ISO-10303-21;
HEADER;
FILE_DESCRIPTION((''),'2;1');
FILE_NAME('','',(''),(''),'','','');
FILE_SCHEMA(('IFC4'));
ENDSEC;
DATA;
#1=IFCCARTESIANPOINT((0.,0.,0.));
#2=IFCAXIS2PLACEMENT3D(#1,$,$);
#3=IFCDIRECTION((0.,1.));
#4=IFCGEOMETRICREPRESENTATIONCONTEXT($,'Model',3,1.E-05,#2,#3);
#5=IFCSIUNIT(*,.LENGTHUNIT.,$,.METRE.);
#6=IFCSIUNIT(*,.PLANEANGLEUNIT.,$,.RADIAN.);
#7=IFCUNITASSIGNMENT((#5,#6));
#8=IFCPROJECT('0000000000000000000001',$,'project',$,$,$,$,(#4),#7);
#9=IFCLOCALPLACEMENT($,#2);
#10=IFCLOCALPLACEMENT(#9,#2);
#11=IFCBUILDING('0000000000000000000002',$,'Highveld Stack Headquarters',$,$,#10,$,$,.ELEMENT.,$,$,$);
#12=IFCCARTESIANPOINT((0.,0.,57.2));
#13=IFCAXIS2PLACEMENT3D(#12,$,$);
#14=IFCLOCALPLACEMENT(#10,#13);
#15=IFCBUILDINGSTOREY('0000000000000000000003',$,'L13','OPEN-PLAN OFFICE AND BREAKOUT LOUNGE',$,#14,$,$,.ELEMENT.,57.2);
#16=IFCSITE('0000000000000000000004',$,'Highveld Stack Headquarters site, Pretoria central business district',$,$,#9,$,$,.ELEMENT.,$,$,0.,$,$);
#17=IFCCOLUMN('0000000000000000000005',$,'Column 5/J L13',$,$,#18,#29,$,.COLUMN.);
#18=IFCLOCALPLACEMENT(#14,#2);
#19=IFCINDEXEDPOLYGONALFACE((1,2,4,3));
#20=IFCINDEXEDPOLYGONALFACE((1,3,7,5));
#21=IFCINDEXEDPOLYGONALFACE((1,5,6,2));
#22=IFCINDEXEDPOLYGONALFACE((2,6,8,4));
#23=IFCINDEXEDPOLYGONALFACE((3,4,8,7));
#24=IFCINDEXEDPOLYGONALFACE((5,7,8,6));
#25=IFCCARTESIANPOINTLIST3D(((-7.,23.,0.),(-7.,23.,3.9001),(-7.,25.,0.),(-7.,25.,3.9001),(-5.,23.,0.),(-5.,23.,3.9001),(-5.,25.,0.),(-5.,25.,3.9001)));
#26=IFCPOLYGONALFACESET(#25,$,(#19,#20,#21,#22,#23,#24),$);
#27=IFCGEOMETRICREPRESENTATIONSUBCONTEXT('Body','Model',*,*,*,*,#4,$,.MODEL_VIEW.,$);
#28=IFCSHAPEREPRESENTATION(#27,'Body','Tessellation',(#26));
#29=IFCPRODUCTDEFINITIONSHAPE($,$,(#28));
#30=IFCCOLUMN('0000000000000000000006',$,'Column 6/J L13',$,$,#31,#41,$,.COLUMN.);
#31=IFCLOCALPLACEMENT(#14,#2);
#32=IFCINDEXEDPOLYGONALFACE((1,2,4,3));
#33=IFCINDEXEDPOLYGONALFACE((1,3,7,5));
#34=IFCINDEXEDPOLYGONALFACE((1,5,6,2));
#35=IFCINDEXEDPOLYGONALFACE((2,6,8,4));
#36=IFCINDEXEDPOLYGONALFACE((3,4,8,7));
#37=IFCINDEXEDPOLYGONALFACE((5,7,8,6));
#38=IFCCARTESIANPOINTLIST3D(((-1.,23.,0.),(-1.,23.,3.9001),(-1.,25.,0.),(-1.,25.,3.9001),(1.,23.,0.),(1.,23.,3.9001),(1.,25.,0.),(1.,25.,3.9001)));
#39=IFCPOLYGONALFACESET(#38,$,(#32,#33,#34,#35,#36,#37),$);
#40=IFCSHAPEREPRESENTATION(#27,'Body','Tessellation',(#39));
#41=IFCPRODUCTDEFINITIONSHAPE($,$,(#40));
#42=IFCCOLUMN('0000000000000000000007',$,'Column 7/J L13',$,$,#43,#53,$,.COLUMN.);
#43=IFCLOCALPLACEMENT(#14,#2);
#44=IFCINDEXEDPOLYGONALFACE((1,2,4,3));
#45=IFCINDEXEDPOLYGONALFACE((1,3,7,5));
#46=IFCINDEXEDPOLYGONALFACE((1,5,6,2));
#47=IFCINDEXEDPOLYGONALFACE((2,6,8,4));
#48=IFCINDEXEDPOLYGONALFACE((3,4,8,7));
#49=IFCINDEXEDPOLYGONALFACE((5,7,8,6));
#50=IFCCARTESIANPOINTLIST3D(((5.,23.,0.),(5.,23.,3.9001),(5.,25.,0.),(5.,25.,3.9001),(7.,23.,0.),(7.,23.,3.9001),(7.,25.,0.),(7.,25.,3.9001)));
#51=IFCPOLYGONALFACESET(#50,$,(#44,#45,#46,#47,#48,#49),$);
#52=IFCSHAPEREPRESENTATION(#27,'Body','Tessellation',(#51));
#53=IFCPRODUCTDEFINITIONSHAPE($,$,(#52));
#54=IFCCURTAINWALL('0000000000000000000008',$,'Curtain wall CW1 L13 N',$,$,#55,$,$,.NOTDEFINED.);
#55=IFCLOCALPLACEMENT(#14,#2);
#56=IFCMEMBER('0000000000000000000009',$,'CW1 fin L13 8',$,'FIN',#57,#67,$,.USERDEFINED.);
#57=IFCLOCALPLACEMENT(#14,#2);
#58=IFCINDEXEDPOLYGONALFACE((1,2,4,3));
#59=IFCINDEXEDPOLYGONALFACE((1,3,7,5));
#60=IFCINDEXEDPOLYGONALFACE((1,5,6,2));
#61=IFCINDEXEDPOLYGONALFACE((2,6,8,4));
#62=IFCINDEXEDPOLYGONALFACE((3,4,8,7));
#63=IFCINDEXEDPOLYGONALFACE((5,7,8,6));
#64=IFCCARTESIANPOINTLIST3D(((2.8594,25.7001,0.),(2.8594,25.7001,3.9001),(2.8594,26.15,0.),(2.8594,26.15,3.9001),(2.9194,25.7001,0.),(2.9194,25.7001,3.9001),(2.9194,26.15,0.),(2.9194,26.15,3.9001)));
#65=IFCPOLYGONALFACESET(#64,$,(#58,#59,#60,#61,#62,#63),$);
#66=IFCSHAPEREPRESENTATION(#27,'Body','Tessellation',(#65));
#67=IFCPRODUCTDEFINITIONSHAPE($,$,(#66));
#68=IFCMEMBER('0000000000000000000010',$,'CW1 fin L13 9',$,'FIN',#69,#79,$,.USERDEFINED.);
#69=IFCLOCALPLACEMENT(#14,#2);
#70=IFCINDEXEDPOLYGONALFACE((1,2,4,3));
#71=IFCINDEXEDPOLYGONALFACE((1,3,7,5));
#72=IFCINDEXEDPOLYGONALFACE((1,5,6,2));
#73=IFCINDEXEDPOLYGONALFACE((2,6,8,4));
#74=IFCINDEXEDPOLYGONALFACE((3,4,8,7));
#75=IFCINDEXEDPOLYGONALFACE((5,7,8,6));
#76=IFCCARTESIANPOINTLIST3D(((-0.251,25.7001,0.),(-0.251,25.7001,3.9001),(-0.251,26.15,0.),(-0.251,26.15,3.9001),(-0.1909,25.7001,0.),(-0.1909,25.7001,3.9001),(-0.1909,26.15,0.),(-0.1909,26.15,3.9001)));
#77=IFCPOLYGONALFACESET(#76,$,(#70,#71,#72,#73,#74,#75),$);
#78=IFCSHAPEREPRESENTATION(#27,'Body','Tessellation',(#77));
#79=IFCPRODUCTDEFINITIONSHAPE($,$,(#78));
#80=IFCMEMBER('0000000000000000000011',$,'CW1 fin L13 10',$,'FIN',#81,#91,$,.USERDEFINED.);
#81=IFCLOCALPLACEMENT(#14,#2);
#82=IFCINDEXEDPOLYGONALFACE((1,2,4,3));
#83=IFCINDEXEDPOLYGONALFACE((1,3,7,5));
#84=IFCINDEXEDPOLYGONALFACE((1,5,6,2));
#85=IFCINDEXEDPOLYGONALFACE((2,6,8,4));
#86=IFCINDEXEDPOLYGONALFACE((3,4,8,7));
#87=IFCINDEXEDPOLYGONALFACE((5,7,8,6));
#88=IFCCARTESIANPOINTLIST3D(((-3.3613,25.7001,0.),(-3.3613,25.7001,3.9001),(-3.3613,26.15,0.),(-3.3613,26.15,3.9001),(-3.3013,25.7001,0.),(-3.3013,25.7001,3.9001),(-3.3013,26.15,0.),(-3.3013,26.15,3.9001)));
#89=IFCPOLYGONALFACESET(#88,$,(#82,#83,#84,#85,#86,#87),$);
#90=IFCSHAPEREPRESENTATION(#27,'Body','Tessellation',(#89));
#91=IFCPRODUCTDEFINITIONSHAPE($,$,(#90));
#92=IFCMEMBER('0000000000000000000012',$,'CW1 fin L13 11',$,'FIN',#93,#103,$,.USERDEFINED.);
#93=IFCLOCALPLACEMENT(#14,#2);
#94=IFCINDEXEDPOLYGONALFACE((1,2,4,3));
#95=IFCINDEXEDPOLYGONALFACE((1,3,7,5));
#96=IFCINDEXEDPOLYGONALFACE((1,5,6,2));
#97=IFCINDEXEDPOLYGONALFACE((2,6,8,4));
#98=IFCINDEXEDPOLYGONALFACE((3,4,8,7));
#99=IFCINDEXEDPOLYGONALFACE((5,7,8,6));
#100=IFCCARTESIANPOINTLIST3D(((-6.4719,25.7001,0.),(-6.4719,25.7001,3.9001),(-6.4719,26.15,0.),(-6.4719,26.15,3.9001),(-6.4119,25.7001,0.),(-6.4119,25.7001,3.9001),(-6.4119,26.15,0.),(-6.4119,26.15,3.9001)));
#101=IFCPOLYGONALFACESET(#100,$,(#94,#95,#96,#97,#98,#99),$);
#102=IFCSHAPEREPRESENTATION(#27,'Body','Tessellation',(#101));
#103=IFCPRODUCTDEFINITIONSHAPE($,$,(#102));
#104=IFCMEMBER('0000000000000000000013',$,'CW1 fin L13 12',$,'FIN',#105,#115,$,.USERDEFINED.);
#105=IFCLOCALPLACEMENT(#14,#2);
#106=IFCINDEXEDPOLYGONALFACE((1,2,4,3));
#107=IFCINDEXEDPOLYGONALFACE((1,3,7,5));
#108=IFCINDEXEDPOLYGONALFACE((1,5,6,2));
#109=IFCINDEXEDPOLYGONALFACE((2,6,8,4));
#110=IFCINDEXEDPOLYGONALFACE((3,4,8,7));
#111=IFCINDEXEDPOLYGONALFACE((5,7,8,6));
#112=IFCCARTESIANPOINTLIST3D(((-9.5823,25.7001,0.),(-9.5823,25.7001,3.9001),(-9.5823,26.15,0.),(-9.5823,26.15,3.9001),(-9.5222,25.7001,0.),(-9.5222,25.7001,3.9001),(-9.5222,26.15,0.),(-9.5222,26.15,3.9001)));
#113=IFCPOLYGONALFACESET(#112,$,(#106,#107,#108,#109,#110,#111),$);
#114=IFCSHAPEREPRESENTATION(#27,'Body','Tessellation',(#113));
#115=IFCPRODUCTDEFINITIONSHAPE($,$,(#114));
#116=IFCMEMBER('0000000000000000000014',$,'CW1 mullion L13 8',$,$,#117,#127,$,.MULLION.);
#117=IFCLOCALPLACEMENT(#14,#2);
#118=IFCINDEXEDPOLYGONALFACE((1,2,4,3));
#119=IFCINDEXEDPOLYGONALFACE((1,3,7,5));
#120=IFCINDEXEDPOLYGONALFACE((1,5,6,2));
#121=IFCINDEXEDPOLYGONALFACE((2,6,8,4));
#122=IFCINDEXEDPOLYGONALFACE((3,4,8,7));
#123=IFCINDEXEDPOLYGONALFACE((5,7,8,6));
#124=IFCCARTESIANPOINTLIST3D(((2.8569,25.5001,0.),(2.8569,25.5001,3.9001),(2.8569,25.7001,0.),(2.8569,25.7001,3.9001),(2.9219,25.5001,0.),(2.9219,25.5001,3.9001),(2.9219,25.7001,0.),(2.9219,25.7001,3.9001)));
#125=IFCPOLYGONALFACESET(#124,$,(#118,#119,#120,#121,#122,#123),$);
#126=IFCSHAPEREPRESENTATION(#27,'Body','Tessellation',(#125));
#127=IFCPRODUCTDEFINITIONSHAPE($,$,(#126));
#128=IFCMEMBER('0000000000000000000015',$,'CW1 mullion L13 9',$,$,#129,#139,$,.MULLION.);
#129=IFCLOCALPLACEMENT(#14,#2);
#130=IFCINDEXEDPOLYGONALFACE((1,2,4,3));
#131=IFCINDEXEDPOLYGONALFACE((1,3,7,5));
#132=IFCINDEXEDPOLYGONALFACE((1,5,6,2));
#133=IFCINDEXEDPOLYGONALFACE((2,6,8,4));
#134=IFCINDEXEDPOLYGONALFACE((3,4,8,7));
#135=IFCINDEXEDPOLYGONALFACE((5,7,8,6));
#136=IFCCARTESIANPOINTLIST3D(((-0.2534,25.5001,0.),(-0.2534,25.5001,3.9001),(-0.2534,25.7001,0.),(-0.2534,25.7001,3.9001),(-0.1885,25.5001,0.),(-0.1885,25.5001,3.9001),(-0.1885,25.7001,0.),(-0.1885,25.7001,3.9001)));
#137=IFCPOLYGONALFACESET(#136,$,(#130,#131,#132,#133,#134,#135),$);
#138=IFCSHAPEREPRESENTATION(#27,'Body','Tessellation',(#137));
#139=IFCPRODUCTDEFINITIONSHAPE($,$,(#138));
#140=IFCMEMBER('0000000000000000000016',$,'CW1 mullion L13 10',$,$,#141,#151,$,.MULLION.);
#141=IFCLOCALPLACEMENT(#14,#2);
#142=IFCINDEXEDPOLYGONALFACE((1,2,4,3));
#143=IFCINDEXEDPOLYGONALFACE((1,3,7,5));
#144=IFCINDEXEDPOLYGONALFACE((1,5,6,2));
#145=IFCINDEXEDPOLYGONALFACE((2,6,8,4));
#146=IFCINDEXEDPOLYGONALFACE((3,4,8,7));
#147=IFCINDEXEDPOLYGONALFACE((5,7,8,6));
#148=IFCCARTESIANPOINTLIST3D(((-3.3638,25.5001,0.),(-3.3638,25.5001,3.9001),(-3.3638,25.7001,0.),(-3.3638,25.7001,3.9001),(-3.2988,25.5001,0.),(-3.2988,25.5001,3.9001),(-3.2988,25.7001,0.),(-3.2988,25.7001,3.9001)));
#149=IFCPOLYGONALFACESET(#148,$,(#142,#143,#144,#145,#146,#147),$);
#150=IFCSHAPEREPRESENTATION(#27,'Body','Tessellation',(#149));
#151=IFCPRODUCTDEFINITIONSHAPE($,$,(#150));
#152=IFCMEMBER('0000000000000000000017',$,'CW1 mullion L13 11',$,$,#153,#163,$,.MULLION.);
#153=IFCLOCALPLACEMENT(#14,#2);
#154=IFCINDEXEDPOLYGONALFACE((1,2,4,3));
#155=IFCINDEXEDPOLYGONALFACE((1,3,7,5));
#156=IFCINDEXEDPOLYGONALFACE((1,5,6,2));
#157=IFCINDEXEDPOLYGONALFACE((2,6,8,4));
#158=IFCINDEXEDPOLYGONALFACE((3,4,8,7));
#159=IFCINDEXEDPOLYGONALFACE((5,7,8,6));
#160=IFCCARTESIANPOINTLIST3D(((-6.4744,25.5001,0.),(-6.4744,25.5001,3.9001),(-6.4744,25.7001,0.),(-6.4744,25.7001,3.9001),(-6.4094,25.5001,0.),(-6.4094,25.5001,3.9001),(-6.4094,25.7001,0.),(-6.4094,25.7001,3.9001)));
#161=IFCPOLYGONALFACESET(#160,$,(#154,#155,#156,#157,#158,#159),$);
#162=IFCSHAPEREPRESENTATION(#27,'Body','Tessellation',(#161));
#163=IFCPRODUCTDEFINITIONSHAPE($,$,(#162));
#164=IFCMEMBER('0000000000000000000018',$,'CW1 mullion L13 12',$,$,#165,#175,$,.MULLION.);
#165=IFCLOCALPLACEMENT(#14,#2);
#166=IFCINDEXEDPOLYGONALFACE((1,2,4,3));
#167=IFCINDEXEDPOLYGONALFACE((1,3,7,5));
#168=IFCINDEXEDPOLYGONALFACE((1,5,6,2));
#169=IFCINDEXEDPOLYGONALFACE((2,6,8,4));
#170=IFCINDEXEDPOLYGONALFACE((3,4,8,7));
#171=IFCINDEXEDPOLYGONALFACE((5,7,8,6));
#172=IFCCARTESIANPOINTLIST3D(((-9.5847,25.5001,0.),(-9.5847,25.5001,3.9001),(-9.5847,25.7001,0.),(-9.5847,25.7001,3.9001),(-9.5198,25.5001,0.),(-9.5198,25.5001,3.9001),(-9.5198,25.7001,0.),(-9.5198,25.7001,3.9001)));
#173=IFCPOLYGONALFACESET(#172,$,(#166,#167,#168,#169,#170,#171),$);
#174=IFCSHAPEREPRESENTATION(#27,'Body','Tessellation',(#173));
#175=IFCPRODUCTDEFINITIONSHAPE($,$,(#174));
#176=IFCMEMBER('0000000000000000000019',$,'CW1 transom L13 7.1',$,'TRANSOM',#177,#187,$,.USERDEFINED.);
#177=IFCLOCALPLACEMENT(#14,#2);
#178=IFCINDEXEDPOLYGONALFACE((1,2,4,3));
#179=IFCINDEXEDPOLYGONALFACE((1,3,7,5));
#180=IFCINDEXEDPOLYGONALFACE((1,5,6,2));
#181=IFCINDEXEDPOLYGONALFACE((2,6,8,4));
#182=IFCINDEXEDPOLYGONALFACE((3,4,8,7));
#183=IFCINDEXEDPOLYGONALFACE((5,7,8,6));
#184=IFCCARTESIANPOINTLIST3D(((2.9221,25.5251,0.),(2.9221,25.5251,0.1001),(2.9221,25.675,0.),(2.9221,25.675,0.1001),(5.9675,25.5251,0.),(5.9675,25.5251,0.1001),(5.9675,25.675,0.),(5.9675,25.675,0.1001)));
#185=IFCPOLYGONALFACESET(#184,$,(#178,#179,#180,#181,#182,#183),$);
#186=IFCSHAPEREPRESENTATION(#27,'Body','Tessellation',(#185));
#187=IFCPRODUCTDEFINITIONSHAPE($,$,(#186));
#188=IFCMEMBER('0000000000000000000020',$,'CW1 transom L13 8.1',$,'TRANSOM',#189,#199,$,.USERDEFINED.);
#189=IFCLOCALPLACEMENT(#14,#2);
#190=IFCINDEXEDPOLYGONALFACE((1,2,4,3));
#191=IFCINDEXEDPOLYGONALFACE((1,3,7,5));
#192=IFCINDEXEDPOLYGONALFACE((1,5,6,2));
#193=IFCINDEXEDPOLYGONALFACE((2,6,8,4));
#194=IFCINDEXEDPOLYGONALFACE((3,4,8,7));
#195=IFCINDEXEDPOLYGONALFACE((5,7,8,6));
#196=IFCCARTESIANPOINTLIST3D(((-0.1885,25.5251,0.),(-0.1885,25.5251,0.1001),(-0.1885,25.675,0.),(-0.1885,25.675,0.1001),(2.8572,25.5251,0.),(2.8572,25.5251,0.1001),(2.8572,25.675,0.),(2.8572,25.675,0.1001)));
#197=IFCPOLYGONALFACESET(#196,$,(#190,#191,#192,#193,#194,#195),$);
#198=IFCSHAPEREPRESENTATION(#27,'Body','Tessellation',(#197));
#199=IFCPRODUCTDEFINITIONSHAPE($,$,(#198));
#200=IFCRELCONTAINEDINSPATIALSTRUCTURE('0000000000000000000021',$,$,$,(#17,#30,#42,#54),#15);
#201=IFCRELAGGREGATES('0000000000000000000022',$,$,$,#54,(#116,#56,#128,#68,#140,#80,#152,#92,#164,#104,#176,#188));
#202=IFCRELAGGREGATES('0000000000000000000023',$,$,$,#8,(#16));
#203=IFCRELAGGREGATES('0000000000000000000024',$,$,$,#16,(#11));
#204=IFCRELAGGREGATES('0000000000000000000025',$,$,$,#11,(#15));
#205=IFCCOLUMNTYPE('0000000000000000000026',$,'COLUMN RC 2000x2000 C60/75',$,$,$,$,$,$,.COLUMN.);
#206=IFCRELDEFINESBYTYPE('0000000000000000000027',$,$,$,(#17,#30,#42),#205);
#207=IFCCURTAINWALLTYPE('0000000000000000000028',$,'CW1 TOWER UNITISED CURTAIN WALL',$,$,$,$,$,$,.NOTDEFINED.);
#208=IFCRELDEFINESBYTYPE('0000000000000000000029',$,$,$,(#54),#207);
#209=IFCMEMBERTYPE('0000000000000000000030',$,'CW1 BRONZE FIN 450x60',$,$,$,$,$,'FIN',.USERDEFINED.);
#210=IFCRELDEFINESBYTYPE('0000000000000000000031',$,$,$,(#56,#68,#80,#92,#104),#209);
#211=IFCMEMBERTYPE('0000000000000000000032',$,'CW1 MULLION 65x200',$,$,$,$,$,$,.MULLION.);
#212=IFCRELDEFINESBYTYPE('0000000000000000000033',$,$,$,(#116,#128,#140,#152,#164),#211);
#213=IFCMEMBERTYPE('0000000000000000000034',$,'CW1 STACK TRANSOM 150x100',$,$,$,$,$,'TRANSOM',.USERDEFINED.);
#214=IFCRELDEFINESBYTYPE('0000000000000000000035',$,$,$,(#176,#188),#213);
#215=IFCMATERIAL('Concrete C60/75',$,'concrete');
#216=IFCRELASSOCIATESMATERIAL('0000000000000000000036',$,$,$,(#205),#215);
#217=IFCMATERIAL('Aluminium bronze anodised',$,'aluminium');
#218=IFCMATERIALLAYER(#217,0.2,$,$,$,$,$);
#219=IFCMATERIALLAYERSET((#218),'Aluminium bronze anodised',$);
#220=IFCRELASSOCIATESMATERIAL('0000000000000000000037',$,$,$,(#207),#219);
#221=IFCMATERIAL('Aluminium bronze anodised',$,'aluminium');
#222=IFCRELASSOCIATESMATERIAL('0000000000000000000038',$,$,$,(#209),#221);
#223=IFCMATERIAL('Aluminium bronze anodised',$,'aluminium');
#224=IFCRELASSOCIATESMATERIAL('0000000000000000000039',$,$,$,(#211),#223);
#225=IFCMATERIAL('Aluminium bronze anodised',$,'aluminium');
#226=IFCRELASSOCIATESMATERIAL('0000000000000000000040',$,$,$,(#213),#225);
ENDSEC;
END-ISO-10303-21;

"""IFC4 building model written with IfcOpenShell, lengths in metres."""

from ifc_helpers import new_model, si_unit, direction, frame, origin, origin_2d, place, context, subcontext, project, spatial, rectangle, extrude, material, layer, layer_set, material_profile, profile_set, type_object, element, aggregate, save


model = new_model("IFC4")

# Units and contexts
model_context = context("Model", 3, precision=1e-05, world=origin(), true_north=direction((0.0, 1.0)))
body_context = subcontext(model_context, "Body", "Model", "MODEL_VIEW")
ifc_project = project(units=[si_unit("LENGTHUNIT", "METRE"), si_unit("PLANEANGLEUNIT", "RADIAN")], contexts=[model_context])

# Site, building, storey
site_placement = place(None, origin())
site = spatial("IfcSite", under=ifc_project, at=site_placement, Name="Highveld Stack Headquarters site, Pretoria central business district", CompositionType="ELEMENT", RefElevation=0.0)
building_placement = place(site_placement, origin())
building = spatial("IfcBuilding", under=site, at=building_placement, Name="Highveld Stack Headquarters", CompositionType="ELEMENT")
storey_placement = place(building_placement, frame((0.0, 0.0, 57.2)))
storey = spatial("IfcBuildingStorey", under=building, at=storey_placement, Name="L13", Description="OPEN-PLAN OFFICE AND BREAKOUT LOUNGE", CompositionType="ELEMENT", Elevation=57.2)

# Columns
ifc_material_1 = material(Name="Concrete C60/75", Category="concrete")
ifc_material_profile_1 = material_profile(ifc_material_1, rectangle(XDim=2.0, YDim=2.0, at=origin_2d()), Name="RC 2000x2000")
ifc_profile_set_1 = profile_set([ifc_material_profile_1], Name="Concrete C60/75")
column_type = type_object("IfcColumnType", Name="COLUMN RC 2000x2000 C60/75", PredefinedType="COLUMN", material=ifc_profile_set_1)
for number, where, z_axis, x_axis, name in (
    (1, (-6.0, 24.0, 0.0), (0.0, 0.0, 1.0), (1.0, 0.0, 0.0), "Column 5/J L13"),
    (2, (0.0, 24.0, 0.0), (0.0, 0.0, 1.0), (1.0, 0.0, 0.0), "Column 6/J L13"),
    (3, (6.0, 24.0, 0.0), (0.0, 0.0, 1.0), (1.0, 0.0, 0.0), "Column 7/J L13"),
):
    element("IfcColumn", number, at=place(storey_placement, frame(where, z_axis=z_axis, x_axis=x_axis)), inside=storey, type_object=column_type, Name=name, PredefinedType="COLUMN", context=body_context, shape_type="SweptSolid", body=[
        extrude(rectangle(XDim=2.0, YDim=2.0, at=origin_2d()), origin(), (0.0, 0.0, 1.0), 3.9001),
    ])

# Curtain wall, members
ifc_material_2 = material(Name="Aluminium bronze anodised", Category="aluminium")
ifc_layer_1 = layer(ifc_material_2, 0.2)
ifc_layer_set_1 = layer_set([ifc_layer_1], Name="Aluminium bronze anodised")
curtain_wall_type = type_object("IfcCurtainWallType", Name="CW1 TOWER UNITISED CURTAIN WALL", PredefinedType="NOTDEFINED", material=ifc_layer_set_1)
curtain_wall_placement = place(storey_placement, origin())
curtain_wall = element("IfcCurtainWall", 4, at=curtain_wall_placement, inside=storey, type_object=curtain_wall_type, Name="Curtain wall CW1 L13 N", PredefinedType="NOTDEFINED")
ifc_material_3 = material(Name="Aluminium bronze anodised", Category="aluminium")
ifc_material_profile_2 = material_profile(ifc_material_3, rectangle(XDim=0.45, YDim=0.0601, at=origin_2d()), Name="FIN 450x60")
ifc_profile_set_2 = profile_set([ifc_material_profile_2], Name="Aluminium bronze anodised")
member_type_1 = type_object("IfcMemberType", Name="CW1 BRONZE FIN 450x60", ElementType="FIN", PredefinedType="USERDEFINED", material=ifc_profile_set_2)
member_1_placement = place(storey_placement, frame((2.8894, 25.925, 0.0), z_axis=(0.0, 0.0, 1.0), x_axis=(0.0, -1.0, 0.0)))
member_1 = element("IfcMember", 5, at=member_1_placement, type_object=member_type_1, Name="CW1 fin L13 8", ObjectType="FIN", PredefinedType="USERDEFINED", context=body_context, shape_type="SweptSolid", body=[
    extrude(rectangle(XDim=0.45, YDim=0.0601, at=origin_2d()), origin(), (0.0, 0.0, 1.0), 3.9001),
])
member_2_placement = place(storey_placement, frame((-0.2209, 25.925, 0.0), z_axis=(0.0, 0.0, 1.0), x_axis=(0.0, -1.0, 0.0)))
member_2 = element("IfcMember", 6, at=member_2_placement, type_object=member_type_1, Name="CW1 fin L13 9", ObjectType="FIN", PredefinedType="USERDEFINED", context=body_context, shape_type="SweptSolid", body=[
    extrude(rectangle(XDim=0.45, YDim=0.0601, at=origin_2d()), origin(), (0.0, 0.0, 1.0), 3.9001),
])
member_3_placement = place(storey_placement, frame((-3.3313, 25.925, 0.0), z_axis=(0.0, 0.0, 1.0), x_axis=(0.0, -1.0, 0.0)))
member_3 = element("IfcMember", 7, at=member_3_placement, type_object=member_type_1, Name="CW1 fin L13 10", ObjectType="FIN", PredefinedType="USERDEFINED", context=body_context, shape_type="SweptSolid", body=[
    extrude(rectangle(XDim=0.45, YDim=0.0601, at=origin_2d()), origin(), (0.0, 0.0, 1.0), 3.9001),
])
member_4_placement = place(storey_placement, frame((-6.4419, 25.925, 0.0), z_axis=(0.0, 0.0, 1.0), x_axis=(0.0, -1.0, 0.0)))
member_4 = element("IfcMember", 8, at=member_4_placement, type_object=member_type_1, Name="CW1 fin L13 11", ObjectType="FIN", PredefinedType="USERDEFINED", context=body_context, shape_type="SweptSolid", body=[
    extrude(rectangle(XDim=0.45, YDim=0.0601, at=origin_2d()), origin(), (0.0, 0.0, 1.0), 3.9001),
])
member_5_placement = place(storey_placement, frame((-9.5522, 25.925, 0.0), z_axis=(0.0, 0.0, 1.0), x_axis=(0.0, -1.0, 0.0)))
member_5 = element("IfcMember", 9, at=member_5_placement, type_object=member_type_1, Name="CW1 fin L13 12", ObjectType="FIN", PredefinedType="USERDEFINED", context=body_context, shape_type="SweptSolid", body=[
    extrude(rectangle(XDim=0.45, YDim=0.0601, at=origin_2d()), origin(), (0.0, 0.0, 1.0), 3.9001),
])
ifc_material_4 = material(Name="Aluminium bronze anodised", Category="aluminium")
ifc_material_profile_3 = material_profile(ifc_material_4, rectangle(XDim=0.2, YDim=0.0649, at=origin_2d()), Name="CW1 MULLION 65x200")
ifc_profile_set_3 = profile_set([ifc_material_profile_3], Name="Aluminium bronze anodised")
member_type_2 = type_object("IfcMemberType", Name="CW1 MULLION 65x200", PredefinedType="MULLION", material=ifc_profile_set_3)
member_6_placement = place(storey_placement, frame((2.8894, 25.6001, 0.0), z_axis=(0.0, 0.0, 1.0), x_axis=(0.0, -1.0, 0.0)))
member_6 = element("IfcMember", 10, at=member_6_placement, type_object=member_type_2, Name="CW1 mullion L13 8", PredefinedType="MULLION", context=body_context, shape_type="SweptSolid", body=[
    extrude(rectangle(XDim=0.2, YDim=0.0649, at=origin_2d()), origin(), (0.0, 0.0, 1.0), 3.9001),
])
member_7_placement = place(storey_placement, frame((-0.2209, 25.6001, 0.0), z_axis=(0.0, 0.0, 1.0), x_axis=(0.0, -1.0, 0.0)))
member_7 = element("IfcMember", 11, at=member_7_placement, type_object=member_type_2, Name="CW1 mullion L13 9", PredefinedType="MULLION", context=body_context, shape_type="SweptSolid", body=[
    extrude(rectangle(XDim=0.2, YDim=0.0649, at=origin_2d()), origin(), (0.0, 0.0, 1.0), 3.9001),
])
member_8_placement = place(storey_placement, frame((-3.3313, 25.6001, 0.0), z_axis=(0.0, 0.0, 1.0), x_axis=(0.0, -1.0, 0.0)))
member_8 = element("IfcMember", 12, at=member_8_placement, type_object=member_type_2, Name="CW1 mullion L13 10", PredefinedType="MULLION", context=body_context, shape_type="SweptSolid", body=[
    extrude(rectangle(XDim=0.2, YDim=0.0649, at=origin_2d()), origin(), (0.0, 0.0, 1.0), 3.9001),
])
member_9_placement = place(storey_placement, frame((-6.4419, 25.6001, 0.0), z_axis=(0.0, 0.0, 1.0), x_axis=(0.0, -1.0, 0.0)))
member_9 = element("IfcMember", 13, at=member_9_placement, type_object=member_type_2, Name="CW1 mullion L13 11", PredefinedType="MULLION", context=body_context, shape_type="SweptSolid", body=[
    extrude(rectangle(XDim=0.2, YDim=0.0649, at=origin_2d()), origin(), (0.0, 0.0, 1.0), 3.9001),
])
member_10_placement = place(storey_placement, frame((-9.5522, 25.6001, 0.0), z_axis=(0.0, 0.0, 1.0), x_axis=(0.0, -1.0, 0.0)))
member_10 = element("IfcMember", 14, at=member_10_placement, type_object=member_type_2, Name="CW1 mullion L13 12", PredefinedType="MULLION", context=body_context, shape_type="SweptSolid", body=[
    extrude(rectangle(XDim=0.2, YDim=0.0649, at=origin_2d()), origin(), (0.0, 0.0, 1.0), 3.9001),
])
ifc_material_5 = material(Name="Aluminium bronze anodised", Category="aluminium")
ifc_material_profile_4 = material_profile(ifc_material_5, rectangle(XDim=0.1499, YDim=0.1001, at=origin_2d()), Name="CW1 TRANSOM 150x100")
ifc_profile_set_4 = profile_set([ifc_material_profile_4], Name="Aluminium bronze anodised")
member_type_3 = type_object("IfcMemberType", Name="CW1 STACK TRANSOM 150x100", ElementType="TRANSOM", PredefinedType="USERDEFINED", material=ifc_profile_set_4)
member_11_placement = place(storey_placement, frame((5.9675, 25.6001, 0.05), z_axis=(-1.0, 0.0, 0.0), x_axis=(0.0, -1.0, 0.0)))
member_11 = element("IfcMember", 15, at=member_11_placement, type_object=member_type_3, Name="CW1 transom L13 7.1", ObjectType="TRANSOM", PredefinedType="USERDEFINED", context=body_context, shape_type="SweptSolid", body=[
    extrude(rectangle(XDim=0.1499, YDim=0.1001, at=origin_2d()), origin(), (0.0, 0.0, 1.0), 3.0454),
])
member_12_placement = place(storey_placement, frame((2.8572, 25.6001, 0.05), z_axis=(-1.0, 0.0, 0.0), x_axis=(0.0, -1.0, 0.0)))
member_12 = element("IfcMember", 16, at=member_12_placement, type_object=member_type_3, Name="CW1 transom L13 8.1", ObjectType="TRANSOM", PredefinedType="USERDEFINED", context=body_context, shape_type="SweptSolid", body=[
    extrude(rectangle(XDim=0.1499, YDim=0.1001, at=origin_2d()), origin(), (0.0, 0.0, 1.0), 3.0457),
])
aggregate(curtain_wall, [member_6, member_1, member_7, member_2, member_8, member_3, member_9, member_4, member_10, member_5, member_11, member_12])

save(model, "model.ifc")
